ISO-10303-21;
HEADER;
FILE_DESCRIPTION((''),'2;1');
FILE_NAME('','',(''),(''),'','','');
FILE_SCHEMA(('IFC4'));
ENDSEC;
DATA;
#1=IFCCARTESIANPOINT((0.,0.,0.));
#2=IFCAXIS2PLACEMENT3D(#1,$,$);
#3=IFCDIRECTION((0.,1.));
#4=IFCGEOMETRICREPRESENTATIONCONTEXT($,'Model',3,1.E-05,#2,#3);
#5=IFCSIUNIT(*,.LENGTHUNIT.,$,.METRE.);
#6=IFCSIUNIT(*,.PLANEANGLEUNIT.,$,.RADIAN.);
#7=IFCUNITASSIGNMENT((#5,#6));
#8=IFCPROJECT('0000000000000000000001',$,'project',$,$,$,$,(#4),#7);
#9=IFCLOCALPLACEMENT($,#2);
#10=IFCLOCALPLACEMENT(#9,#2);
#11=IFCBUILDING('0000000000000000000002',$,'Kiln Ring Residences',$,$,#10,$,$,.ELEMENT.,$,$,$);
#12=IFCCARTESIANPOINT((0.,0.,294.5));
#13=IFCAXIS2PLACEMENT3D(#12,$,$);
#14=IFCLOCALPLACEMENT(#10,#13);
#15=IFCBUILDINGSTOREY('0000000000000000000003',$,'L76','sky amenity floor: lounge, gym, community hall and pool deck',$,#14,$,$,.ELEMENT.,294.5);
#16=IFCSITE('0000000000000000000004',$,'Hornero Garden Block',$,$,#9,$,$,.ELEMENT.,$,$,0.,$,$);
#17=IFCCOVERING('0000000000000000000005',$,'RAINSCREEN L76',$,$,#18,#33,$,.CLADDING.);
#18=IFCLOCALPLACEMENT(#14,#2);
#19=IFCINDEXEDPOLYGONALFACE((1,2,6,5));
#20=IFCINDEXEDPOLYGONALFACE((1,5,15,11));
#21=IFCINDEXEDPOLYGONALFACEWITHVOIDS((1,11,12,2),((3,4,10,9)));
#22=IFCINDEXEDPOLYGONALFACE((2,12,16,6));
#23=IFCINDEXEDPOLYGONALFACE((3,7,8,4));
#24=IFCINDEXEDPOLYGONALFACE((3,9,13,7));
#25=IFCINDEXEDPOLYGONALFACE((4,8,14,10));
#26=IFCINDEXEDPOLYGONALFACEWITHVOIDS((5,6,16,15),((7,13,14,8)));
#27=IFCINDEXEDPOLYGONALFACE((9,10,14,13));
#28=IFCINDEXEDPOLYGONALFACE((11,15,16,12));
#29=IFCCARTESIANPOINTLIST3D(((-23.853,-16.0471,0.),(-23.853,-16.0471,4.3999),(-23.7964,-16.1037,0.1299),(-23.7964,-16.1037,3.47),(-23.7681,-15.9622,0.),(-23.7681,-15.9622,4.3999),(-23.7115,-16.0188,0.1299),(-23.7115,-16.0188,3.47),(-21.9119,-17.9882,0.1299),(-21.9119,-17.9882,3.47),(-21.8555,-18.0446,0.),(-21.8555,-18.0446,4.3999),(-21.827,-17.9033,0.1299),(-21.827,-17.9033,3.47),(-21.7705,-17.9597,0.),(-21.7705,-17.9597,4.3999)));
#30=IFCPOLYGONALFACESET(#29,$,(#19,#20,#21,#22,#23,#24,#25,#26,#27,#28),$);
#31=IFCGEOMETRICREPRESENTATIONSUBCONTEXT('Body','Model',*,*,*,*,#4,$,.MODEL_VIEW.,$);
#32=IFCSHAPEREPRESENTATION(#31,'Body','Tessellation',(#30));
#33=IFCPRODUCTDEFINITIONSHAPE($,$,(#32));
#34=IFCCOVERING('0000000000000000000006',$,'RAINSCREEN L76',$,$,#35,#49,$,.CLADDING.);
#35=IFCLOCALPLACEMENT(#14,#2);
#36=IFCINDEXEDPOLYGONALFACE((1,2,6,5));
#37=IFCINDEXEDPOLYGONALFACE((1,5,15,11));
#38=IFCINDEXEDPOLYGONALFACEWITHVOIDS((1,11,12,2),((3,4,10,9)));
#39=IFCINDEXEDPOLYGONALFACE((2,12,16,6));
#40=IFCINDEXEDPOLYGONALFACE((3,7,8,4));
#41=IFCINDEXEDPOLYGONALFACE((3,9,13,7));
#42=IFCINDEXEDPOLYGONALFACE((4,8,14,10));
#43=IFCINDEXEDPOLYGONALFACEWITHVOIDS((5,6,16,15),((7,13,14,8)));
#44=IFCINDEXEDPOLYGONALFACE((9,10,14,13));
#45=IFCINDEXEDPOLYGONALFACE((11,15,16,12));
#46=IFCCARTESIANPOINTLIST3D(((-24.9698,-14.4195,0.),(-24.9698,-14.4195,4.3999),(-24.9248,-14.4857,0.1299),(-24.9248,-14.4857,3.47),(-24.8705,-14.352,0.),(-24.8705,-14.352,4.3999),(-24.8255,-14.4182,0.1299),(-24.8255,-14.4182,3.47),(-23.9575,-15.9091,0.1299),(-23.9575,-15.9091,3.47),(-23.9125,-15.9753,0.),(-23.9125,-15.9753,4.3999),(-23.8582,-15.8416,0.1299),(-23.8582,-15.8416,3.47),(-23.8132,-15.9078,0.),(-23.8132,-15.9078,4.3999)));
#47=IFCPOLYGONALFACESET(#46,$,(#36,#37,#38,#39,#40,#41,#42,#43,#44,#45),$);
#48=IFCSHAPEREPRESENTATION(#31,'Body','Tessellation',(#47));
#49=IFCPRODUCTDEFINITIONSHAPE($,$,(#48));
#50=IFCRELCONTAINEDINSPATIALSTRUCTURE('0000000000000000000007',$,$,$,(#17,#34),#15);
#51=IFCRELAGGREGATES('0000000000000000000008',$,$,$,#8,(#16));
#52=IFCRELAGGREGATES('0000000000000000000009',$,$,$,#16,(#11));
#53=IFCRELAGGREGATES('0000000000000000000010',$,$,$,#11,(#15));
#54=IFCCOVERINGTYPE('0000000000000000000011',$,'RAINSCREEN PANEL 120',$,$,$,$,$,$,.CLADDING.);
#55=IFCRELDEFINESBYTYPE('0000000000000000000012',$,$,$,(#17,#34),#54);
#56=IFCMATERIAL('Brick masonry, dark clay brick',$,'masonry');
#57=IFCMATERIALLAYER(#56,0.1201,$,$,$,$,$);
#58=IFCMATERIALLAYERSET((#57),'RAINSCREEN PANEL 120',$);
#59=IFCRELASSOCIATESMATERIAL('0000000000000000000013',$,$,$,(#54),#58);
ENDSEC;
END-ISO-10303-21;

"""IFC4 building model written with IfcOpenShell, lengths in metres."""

from ifc_helpers import new_model, si_unit, direction, frame, origin, place, context, subcontext, project, spatial, polyline, outline, extrude, material, layer, layer_set, type_object, element, save


model = new_model("IFC4")

# Units and contexts
model_context = context("Model", 3, precision=1e-05, world=origin(), true_north=direction((0.0, 1.0)))
body_context = subcontext(model_context, "Body", "Model", "MODEL_VIEW")
ifc_project = project(units=[si_unit("LENGTHUNIT", "METRE"), si_unit("PLANEANGLEUNIT", "RADIAN")], contexts=[model_context])

# Site, building, storey
site_placement = place(None, origin())
site = spatial("IfcSite", under=ifc_project, at=site_placement, Name="Hornero Garden Block", CompositionType="ELEMENT", RefElevation=0.0)
building_placement = place(site_placement, origin())
building = spatial("IfcBuilding", under=site, at=building_placement, Name="Kiln Ring Residences", CompositionType="ELEMENT")
storey_placement = place(building_placement, frame((0.0, 0.0, 294.5)))
storey = spatial("IfcBuildingStorey", under=building, at=storey_placement, Name="L76", Description="sky amenity floor: lounge, gym, community hall and pool deck", CompositionType="ELEMENT", Elevation=294.5)

# Coverings
ifc_material_1 = material(Name="Brick masonry, dark clay brick", Category="masonry")
ifc_layer_1 = layer(ifc_material_1, 0.1201)
ifc_layer_set_1 = layer_set([ifc_layer_1], Name="RAINSCREEN PANEL 120")
covering_type = type_object("IfcCoveringType", Name="RAINSCREEN PANEL 120", PredefinedType="CLADDING", material=ifc_layer_set_1)
covering_1_placement = place(storey_placement, frame((-23.8105, -16.0046, 0.0), z_axis=(0.0, 0.0, 1.0), x_axis=(0.707107, -0.707107, 0.0)))
element("IfcCovering", 1, at=covering_1_placement, inside=storey, type_object=covering_type, Name="RAINSCREEN L76", PredefinedType="CLADDING", context=body_context, shape_type="SweptSolid", body=[
    extrude(outline(polyline([(0.0, 0.0), (2.825, 0.0), (2.825, 4.3999), (0.0, 4.3999), (0.0, 0.0)]), holes=[polyline([(0.0801, 3.47), (0.0801, 0.1299), (2.7451, 0.1299), (2.7451, 3.47), (0.0801, 3.47)])]), frame((0.0, 0.0601, 0.0), z_axis=(0.0, -1.0, 0.0), x_axis=(1.0, 0.0, 0.0)), (0.0, 0.0, 1.0), 0.1201),
])
covering_2_placement = place(storey_placement, frame((-24.9202, -14.3857, 0.0), z_axis=(0.0, 0.0, 1.0), x_axis=(0.562076, -0.827086, 0.0)))
element("IfcCovering", 2, at=covering_2_placement, inside=storey, type_object=covering_type, Name="RAINSCREEN L76", PredefinedType="CLADDING", context=body_context, shape_type="SweptSolid", body=[
    extrude(outline(polyline([(0.0, 0.0), (1.8811, 0.0), (1.8811, 4.3999), (0.0, 4.3999), (0.0, 0.0)]), holes=[polyline([(0.0801, 3.47), (0.0801, 0.1299), (1.801, 0.1299), (1.801, 3.47), (0.0801, 3.47)])]), frame((0.0, 0.0601, 0.0), z_axis=(0.0, -1.0, 0.0), x_axis=(1.0, 0.0, 0.0)), (0.0, 0.0, 1.0), 0.1201),
])

save(model, "model.ifc")
